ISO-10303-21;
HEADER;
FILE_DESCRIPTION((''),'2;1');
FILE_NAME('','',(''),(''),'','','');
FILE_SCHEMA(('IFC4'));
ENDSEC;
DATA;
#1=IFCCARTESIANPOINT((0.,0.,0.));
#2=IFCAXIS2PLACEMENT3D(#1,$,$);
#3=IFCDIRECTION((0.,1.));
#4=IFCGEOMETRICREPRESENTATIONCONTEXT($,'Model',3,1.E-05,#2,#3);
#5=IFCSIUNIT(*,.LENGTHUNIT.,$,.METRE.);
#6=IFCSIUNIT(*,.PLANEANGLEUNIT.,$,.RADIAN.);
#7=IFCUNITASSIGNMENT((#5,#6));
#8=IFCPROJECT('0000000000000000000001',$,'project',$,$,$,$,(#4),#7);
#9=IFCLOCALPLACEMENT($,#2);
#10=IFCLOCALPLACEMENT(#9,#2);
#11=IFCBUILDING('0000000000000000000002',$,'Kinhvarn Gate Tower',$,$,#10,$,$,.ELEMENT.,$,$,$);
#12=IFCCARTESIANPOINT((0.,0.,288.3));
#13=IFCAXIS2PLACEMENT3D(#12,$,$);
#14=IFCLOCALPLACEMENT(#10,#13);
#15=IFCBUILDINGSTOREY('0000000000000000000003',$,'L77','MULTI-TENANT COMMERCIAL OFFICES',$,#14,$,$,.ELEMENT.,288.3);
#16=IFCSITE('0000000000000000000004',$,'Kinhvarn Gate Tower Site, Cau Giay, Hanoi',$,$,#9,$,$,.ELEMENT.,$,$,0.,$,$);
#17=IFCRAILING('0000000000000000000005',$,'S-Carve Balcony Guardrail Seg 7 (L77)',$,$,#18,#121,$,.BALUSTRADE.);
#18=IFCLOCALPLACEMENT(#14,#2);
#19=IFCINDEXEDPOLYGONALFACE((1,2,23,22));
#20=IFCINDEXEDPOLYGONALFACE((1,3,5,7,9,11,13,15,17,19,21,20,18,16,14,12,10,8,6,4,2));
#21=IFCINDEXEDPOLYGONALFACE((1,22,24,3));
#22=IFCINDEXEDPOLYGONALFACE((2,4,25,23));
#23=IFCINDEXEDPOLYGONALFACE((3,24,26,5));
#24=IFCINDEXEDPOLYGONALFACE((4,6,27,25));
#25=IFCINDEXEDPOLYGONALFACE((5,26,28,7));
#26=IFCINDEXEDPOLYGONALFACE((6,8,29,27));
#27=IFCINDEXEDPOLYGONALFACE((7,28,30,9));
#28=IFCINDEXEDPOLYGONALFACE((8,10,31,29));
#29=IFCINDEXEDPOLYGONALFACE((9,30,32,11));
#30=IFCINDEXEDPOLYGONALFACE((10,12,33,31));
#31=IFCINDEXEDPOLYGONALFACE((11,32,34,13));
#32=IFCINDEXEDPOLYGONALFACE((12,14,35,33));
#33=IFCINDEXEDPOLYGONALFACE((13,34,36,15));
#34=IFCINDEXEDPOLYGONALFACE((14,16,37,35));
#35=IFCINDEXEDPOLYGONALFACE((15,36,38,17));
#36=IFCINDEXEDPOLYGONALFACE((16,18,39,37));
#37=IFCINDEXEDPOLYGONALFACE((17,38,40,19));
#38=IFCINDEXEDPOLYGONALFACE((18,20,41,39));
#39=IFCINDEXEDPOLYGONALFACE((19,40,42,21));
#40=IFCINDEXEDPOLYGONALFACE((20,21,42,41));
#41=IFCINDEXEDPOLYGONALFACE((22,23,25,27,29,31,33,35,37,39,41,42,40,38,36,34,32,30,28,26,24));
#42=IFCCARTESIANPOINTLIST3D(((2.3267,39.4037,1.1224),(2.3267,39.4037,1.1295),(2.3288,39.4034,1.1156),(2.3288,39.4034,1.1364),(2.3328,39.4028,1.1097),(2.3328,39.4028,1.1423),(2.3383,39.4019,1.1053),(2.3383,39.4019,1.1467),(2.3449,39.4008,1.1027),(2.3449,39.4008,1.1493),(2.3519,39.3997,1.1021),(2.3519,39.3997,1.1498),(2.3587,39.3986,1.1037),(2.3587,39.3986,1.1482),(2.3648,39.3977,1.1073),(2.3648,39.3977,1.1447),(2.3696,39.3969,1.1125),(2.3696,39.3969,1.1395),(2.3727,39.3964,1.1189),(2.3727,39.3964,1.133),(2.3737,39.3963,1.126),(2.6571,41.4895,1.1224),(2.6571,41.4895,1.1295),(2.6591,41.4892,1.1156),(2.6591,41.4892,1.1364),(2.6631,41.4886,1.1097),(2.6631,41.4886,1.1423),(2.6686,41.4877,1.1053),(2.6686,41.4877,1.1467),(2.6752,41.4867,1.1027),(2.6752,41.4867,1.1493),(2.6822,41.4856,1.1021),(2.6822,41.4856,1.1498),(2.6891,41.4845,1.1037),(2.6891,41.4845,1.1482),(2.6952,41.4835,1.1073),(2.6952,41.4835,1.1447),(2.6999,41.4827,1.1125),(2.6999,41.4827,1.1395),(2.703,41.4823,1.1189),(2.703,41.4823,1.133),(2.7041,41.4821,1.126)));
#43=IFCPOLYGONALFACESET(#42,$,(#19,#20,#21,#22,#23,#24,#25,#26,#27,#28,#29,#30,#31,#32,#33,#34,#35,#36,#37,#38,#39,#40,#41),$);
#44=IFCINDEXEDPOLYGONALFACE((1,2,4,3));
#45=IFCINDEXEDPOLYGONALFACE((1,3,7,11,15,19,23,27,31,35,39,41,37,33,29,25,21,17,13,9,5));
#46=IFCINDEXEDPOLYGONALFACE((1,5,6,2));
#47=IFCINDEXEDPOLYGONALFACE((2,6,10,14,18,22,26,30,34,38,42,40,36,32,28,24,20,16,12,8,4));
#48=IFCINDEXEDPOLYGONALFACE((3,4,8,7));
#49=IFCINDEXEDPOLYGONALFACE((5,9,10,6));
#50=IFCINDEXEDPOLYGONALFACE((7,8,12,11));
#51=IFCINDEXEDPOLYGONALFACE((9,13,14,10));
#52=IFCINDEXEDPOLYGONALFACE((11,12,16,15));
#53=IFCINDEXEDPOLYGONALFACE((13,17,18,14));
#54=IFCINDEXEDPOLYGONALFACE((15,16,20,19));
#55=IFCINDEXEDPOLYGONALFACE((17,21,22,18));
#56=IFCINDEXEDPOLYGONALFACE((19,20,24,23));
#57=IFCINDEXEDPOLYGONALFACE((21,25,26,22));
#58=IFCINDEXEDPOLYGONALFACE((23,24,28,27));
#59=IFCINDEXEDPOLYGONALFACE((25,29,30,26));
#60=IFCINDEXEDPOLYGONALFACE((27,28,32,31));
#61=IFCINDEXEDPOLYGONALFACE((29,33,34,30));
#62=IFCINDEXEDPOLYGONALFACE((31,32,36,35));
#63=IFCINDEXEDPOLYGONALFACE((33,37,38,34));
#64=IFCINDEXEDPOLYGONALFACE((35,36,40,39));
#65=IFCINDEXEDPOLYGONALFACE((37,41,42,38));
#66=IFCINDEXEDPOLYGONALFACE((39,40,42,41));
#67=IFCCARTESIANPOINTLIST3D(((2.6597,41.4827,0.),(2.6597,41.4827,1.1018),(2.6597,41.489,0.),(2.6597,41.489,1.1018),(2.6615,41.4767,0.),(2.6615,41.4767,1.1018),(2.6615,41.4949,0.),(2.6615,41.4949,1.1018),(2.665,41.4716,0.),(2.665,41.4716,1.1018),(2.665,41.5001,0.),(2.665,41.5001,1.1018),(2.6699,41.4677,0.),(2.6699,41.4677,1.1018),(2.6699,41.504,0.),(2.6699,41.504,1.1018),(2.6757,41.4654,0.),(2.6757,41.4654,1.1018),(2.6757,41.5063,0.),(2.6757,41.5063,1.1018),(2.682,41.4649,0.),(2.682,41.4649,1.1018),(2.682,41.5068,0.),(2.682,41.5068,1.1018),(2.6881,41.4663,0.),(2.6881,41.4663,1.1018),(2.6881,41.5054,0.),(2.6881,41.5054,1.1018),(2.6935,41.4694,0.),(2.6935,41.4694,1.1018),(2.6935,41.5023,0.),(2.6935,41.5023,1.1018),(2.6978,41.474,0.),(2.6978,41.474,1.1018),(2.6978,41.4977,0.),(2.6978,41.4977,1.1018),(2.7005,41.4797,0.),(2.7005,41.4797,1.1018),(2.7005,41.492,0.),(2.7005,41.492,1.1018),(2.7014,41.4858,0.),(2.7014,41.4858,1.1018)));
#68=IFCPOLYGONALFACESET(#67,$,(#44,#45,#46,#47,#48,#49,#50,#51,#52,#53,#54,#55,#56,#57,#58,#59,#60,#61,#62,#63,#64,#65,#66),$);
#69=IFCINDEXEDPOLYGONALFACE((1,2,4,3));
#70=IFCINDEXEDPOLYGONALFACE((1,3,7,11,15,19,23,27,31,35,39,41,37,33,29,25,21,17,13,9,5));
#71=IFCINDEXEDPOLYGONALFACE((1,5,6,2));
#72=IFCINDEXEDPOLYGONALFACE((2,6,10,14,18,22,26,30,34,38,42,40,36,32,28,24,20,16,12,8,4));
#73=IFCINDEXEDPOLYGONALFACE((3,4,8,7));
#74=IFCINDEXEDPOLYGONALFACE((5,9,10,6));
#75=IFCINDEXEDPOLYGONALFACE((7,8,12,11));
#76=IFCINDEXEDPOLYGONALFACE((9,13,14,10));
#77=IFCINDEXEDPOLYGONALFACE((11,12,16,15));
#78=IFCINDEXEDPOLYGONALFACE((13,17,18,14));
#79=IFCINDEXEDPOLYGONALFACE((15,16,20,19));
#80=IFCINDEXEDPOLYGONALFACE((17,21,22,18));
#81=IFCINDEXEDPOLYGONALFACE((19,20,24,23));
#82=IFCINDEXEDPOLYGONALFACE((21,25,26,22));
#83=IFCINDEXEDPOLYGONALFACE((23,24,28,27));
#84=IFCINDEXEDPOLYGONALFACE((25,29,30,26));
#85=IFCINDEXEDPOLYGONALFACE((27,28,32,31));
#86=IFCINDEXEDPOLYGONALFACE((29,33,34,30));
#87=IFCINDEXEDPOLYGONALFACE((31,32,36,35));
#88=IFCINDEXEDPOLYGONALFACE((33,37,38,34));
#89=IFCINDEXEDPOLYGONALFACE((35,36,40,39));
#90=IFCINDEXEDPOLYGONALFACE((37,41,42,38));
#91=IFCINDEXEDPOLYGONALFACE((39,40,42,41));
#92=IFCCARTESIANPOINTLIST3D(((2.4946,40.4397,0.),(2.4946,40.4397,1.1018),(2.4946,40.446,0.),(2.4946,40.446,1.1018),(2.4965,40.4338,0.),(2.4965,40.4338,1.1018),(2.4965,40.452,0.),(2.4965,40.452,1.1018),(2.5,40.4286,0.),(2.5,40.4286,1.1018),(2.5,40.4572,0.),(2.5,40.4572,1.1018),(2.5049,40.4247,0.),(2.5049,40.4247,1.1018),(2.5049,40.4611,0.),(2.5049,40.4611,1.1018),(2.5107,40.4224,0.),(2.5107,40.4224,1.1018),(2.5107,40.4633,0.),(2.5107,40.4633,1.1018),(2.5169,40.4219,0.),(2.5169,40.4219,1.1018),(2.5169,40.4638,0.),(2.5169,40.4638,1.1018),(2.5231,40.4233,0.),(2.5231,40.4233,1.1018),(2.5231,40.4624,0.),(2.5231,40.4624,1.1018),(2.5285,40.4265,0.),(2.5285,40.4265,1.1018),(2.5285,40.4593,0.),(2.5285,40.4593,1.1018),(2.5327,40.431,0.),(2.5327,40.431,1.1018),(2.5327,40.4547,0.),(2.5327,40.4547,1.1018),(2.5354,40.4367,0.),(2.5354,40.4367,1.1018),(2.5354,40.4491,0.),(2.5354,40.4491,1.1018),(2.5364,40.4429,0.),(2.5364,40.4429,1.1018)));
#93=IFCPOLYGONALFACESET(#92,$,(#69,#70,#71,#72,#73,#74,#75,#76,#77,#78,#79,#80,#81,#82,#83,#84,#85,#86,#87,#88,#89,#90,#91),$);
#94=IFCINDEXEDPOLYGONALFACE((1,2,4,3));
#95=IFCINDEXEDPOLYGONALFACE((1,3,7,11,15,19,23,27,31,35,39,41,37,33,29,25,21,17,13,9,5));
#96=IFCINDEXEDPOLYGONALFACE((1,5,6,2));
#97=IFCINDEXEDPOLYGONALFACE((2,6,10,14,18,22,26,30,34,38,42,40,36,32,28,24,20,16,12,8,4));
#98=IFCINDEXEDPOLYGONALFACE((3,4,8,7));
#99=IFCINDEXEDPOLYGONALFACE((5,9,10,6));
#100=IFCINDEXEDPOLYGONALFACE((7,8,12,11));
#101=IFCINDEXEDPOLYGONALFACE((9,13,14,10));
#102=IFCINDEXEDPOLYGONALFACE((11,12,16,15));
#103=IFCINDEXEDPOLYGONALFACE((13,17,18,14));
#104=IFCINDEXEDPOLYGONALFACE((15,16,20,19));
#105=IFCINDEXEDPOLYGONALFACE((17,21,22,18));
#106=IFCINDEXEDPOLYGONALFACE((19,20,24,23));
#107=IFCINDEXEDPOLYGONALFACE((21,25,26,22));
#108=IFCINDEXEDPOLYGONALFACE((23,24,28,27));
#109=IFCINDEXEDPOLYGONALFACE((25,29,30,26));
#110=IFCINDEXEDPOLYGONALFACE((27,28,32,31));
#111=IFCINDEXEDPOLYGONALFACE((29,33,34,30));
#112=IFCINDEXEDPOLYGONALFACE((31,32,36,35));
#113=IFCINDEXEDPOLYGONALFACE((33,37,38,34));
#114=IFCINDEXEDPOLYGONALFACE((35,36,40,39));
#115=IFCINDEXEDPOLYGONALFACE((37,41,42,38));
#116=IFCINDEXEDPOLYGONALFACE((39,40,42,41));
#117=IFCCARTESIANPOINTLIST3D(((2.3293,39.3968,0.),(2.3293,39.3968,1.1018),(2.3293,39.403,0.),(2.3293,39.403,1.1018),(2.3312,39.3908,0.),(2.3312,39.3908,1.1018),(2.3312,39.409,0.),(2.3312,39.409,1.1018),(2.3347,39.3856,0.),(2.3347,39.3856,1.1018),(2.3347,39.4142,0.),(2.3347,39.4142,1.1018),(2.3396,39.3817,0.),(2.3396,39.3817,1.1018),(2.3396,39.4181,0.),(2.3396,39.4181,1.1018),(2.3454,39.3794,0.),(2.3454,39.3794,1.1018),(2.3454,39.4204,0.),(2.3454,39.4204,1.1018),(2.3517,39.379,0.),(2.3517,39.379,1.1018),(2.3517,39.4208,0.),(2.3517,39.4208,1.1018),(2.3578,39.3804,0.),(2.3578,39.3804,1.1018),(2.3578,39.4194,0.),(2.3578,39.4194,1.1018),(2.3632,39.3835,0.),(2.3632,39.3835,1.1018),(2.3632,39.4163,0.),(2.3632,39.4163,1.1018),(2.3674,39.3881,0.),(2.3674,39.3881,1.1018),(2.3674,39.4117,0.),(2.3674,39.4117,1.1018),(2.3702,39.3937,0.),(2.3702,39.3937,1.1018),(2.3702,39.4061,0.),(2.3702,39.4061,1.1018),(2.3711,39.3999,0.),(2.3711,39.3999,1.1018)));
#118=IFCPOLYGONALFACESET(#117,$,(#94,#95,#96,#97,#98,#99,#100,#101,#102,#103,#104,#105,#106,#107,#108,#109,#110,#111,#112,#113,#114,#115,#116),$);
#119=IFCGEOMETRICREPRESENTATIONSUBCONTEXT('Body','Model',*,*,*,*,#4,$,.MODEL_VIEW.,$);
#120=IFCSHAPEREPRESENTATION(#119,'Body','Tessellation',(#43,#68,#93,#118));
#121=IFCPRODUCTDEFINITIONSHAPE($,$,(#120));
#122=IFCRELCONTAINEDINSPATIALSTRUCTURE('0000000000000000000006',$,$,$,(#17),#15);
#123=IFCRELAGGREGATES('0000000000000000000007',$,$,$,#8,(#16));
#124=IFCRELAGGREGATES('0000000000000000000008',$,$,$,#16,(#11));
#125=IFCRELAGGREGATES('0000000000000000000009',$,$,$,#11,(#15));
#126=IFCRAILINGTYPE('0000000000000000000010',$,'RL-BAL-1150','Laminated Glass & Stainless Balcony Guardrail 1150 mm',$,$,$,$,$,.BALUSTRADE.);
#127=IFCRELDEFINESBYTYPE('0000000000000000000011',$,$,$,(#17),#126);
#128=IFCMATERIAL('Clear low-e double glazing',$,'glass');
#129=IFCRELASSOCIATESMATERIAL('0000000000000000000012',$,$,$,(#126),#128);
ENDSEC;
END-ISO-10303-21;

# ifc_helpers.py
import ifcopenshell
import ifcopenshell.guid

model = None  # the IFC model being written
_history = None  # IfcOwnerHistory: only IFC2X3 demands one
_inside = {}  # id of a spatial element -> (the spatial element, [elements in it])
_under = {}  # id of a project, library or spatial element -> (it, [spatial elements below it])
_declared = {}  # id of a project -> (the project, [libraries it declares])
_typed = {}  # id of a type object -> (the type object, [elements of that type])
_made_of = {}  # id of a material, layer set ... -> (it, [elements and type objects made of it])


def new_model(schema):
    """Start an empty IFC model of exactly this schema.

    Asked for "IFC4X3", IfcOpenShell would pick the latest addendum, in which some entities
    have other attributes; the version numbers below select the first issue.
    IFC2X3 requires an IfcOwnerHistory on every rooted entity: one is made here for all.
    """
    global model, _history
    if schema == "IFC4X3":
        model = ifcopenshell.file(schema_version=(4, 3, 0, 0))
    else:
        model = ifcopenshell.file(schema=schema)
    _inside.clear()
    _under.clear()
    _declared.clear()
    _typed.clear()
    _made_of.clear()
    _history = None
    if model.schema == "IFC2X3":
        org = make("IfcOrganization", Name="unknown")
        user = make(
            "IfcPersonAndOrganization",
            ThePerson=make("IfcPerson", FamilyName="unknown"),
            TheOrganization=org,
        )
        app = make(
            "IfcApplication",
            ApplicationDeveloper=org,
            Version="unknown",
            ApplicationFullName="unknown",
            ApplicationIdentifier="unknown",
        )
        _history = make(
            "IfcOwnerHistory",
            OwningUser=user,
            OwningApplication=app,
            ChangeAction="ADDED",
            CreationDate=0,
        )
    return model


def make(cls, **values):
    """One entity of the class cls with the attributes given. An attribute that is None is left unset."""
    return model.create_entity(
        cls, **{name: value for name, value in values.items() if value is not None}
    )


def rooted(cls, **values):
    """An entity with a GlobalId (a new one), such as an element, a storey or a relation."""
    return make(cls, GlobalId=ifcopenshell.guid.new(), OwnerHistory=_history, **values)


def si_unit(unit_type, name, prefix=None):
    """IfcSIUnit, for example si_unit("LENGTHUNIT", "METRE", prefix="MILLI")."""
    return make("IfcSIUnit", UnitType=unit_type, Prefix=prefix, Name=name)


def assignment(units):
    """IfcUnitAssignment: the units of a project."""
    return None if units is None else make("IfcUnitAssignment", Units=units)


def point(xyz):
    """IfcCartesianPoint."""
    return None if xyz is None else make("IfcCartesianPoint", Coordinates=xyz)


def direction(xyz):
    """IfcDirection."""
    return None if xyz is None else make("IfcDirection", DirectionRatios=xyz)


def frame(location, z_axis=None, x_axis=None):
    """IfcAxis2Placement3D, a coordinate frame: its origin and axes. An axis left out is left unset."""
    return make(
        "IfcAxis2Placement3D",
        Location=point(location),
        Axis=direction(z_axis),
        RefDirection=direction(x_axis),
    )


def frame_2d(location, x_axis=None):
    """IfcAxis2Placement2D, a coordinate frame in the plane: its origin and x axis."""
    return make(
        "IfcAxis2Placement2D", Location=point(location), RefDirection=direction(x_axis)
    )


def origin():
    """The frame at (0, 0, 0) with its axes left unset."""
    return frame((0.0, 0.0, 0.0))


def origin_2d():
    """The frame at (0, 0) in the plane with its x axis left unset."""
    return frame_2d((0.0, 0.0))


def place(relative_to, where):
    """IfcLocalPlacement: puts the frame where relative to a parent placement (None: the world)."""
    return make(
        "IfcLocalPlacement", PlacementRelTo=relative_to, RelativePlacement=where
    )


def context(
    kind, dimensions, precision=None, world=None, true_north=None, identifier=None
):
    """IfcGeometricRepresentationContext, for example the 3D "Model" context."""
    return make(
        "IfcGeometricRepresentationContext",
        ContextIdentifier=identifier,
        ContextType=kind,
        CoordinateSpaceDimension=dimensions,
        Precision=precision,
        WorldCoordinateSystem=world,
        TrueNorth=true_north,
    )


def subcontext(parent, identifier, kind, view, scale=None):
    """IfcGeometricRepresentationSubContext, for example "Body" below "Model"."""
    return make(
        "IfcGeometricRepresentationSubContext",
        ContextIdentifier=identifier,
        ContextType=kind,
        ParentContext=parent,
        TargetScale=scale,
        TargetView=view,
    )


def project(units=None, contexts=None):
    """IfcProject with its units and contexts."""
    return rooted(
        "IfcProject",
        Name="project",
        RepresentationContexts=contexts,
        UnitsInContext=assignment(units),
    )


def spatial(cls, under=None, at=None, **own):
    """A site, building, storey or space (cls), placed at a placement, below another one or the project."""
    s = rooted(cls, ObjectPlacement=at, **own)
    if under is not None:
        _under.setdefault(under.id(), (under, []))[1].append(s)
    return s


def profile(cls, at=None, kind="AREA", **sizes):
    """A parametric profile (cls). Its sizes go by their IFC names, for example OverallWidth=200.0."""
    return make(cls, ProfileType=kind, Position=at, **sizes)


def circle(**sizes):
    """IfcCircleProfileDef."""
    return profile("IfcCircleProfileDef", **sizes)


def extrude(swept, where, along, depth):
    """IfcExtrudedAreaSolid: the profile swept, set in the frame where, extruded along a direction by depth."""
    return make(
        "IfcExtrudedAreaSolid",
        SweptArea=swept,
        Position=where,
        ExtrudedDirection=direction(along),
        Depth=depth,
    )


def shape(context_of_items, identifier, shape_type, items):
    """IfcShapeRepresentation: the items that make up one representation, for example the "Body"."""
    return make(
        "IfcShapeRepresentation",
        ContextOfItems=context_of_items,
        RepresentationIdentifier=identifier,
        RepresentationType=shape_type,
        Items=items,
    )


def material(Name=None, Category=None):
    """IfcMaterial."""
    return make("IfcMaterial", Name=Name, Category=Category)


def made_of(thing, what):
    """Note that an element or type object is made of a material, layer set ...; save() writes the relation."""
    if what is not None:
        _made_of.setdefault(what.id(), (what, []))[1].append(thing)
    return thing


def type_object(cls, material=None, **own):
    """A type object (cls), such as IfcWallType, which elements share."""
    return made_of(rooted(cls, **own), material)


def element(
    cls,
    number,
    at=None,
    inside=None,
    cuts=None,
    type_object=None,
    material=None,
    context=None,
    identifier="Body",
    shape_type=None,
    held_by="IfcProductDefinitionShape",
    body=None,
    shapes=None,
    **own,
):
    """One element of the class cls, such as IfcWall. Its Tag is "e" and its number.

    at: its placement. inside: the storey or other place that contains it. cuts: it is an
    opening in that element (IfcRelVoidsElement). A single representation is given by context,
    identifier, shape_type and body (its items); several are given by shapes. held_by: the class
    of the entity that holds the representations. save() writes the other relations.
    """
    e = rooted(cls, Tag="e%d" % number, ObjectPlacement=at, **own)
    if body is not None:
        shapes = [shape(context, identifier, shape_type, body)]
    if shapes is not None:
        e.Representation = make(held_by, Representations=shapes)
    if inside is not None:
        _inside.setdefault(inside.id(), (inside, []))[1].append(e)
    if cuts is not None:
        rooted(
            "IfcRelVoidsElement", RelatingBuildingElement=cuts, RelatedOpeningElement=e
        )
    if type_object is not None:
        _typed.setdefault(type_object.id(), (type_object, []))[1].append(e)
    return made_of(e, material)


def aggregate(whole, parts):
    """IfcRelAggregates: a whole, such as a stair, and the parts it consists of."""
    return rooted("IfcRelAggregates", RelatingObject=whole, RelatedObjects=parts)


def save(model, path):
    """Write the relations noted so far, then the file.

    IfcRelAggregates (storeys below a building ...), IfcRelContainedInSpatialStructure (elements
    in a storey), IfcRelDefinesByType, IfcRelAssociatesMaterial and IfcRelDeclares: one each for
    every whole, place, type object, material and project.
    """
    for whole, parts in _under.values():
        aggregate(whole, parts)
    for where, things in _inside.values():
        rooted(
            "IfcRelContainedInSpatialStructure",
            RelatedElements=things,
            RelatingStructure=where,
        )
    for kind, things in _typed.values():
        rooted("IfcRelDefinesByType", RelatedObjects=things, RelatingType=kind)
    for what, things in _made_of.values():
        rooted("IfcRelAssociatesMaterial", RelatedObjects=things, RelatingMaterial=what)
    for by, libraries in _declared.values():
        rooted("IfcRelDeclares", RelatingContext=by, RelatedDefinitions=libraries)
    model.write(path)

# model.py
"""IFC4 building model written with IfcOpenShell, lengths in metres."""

from ifc_helpers import new_model, si_unit, direction, frame, origin, origin_2d, place, context, subcontext, project, spatial, circle, extrude, material, type_object, element, save


model = new_model("IFC4")

# Units and contexts
model_context = context("Model", 3, precision=1e-05, world=origin(), true_north=direction((0.0, 1.0)))
body_context = subcontext(model_context, "Body", "Model", "MODEL_VIEW")
ifc_project = project(units=[si_unit("LENGTHUNIT", "METRE"), si_unit("PLANEANGLEUNIT", "RADIAN")], contexts=[model_context])

# Site, building, storey
site_placement = place(None, origin())
site = spatial("IfcSite", under=ifc_project, at=site_placement, Name="Kinhvarn Gate Tower Site, Cau Giay, Hanoi", CompositionType="ELEMENT", RefElevation=0.0)
building_placement = place(site_placement, origin())
building = spatial("IfcBuilding", under=site, at=building_placement, Name="Kinhvarn Gate Tower", CompositionType="ELEMENT")
storey_placement = place(building_placement, frame((0.0, 0.0, 288.3)))
storey = spatial("IfcBuildingStorey", under=building, at=storey_placement, Name="L77", Description="MULTI-TENANT COMMERCIAL OFFICES", CompositionType="ELEMENT", Elevation=288.3)

# Shared definitions
ifc_material_1 = material(Name="Clear low-e double glazing", Category="glass")

# Railing
railing_type = type_object("IfcRailingType", Name="RL-BAL-1150", Description="Laminated Glass & Stainless Balcony Guardrail 1150 mm", PredefinedType="BALUSTRADE", material=ifc_material_1)
railing_1_placement = place(storey_placement, frame((2.6804, 41.4858, 0.0)))
element("IfcRailing", 1, at=railing_1_placement, inside=storey, type_object=railing_type, Name="S-Carve Balcony Guardrail Seg 7 (L77)", PredefinedType="BALUSTRADE", context=body_context, shape_type="SweptSolid", body=[
    extrude(circle(Radius=0.0239, at=origin_2d()), frame((0.0, 0.0, 1.126), z_axis=(-0.156408, -0.987693, 0.0), x_axis=(0.987693, -0.156408, 0.0)), (0.0, 0.0, 1.0), 2.1118),
    extrude(circle(Radius=0.021, at=origin_2d()), origin(), (0.0, 0.0, 1.0), 1.1018),
    extrude(circle(Radius=0.021, at=origin_2d()), frame((-0.165, -1.043, 0.0)), (0.0, 0.0, 1.0), 1.1018),
    extrude(circle(Radius=0.021, at=origin_2d()), frame((-0.3303, -2.0859, 0.0)), (0.0, 0.0, 1.0), 1.1018),
])

save(model, "model.ifc")
